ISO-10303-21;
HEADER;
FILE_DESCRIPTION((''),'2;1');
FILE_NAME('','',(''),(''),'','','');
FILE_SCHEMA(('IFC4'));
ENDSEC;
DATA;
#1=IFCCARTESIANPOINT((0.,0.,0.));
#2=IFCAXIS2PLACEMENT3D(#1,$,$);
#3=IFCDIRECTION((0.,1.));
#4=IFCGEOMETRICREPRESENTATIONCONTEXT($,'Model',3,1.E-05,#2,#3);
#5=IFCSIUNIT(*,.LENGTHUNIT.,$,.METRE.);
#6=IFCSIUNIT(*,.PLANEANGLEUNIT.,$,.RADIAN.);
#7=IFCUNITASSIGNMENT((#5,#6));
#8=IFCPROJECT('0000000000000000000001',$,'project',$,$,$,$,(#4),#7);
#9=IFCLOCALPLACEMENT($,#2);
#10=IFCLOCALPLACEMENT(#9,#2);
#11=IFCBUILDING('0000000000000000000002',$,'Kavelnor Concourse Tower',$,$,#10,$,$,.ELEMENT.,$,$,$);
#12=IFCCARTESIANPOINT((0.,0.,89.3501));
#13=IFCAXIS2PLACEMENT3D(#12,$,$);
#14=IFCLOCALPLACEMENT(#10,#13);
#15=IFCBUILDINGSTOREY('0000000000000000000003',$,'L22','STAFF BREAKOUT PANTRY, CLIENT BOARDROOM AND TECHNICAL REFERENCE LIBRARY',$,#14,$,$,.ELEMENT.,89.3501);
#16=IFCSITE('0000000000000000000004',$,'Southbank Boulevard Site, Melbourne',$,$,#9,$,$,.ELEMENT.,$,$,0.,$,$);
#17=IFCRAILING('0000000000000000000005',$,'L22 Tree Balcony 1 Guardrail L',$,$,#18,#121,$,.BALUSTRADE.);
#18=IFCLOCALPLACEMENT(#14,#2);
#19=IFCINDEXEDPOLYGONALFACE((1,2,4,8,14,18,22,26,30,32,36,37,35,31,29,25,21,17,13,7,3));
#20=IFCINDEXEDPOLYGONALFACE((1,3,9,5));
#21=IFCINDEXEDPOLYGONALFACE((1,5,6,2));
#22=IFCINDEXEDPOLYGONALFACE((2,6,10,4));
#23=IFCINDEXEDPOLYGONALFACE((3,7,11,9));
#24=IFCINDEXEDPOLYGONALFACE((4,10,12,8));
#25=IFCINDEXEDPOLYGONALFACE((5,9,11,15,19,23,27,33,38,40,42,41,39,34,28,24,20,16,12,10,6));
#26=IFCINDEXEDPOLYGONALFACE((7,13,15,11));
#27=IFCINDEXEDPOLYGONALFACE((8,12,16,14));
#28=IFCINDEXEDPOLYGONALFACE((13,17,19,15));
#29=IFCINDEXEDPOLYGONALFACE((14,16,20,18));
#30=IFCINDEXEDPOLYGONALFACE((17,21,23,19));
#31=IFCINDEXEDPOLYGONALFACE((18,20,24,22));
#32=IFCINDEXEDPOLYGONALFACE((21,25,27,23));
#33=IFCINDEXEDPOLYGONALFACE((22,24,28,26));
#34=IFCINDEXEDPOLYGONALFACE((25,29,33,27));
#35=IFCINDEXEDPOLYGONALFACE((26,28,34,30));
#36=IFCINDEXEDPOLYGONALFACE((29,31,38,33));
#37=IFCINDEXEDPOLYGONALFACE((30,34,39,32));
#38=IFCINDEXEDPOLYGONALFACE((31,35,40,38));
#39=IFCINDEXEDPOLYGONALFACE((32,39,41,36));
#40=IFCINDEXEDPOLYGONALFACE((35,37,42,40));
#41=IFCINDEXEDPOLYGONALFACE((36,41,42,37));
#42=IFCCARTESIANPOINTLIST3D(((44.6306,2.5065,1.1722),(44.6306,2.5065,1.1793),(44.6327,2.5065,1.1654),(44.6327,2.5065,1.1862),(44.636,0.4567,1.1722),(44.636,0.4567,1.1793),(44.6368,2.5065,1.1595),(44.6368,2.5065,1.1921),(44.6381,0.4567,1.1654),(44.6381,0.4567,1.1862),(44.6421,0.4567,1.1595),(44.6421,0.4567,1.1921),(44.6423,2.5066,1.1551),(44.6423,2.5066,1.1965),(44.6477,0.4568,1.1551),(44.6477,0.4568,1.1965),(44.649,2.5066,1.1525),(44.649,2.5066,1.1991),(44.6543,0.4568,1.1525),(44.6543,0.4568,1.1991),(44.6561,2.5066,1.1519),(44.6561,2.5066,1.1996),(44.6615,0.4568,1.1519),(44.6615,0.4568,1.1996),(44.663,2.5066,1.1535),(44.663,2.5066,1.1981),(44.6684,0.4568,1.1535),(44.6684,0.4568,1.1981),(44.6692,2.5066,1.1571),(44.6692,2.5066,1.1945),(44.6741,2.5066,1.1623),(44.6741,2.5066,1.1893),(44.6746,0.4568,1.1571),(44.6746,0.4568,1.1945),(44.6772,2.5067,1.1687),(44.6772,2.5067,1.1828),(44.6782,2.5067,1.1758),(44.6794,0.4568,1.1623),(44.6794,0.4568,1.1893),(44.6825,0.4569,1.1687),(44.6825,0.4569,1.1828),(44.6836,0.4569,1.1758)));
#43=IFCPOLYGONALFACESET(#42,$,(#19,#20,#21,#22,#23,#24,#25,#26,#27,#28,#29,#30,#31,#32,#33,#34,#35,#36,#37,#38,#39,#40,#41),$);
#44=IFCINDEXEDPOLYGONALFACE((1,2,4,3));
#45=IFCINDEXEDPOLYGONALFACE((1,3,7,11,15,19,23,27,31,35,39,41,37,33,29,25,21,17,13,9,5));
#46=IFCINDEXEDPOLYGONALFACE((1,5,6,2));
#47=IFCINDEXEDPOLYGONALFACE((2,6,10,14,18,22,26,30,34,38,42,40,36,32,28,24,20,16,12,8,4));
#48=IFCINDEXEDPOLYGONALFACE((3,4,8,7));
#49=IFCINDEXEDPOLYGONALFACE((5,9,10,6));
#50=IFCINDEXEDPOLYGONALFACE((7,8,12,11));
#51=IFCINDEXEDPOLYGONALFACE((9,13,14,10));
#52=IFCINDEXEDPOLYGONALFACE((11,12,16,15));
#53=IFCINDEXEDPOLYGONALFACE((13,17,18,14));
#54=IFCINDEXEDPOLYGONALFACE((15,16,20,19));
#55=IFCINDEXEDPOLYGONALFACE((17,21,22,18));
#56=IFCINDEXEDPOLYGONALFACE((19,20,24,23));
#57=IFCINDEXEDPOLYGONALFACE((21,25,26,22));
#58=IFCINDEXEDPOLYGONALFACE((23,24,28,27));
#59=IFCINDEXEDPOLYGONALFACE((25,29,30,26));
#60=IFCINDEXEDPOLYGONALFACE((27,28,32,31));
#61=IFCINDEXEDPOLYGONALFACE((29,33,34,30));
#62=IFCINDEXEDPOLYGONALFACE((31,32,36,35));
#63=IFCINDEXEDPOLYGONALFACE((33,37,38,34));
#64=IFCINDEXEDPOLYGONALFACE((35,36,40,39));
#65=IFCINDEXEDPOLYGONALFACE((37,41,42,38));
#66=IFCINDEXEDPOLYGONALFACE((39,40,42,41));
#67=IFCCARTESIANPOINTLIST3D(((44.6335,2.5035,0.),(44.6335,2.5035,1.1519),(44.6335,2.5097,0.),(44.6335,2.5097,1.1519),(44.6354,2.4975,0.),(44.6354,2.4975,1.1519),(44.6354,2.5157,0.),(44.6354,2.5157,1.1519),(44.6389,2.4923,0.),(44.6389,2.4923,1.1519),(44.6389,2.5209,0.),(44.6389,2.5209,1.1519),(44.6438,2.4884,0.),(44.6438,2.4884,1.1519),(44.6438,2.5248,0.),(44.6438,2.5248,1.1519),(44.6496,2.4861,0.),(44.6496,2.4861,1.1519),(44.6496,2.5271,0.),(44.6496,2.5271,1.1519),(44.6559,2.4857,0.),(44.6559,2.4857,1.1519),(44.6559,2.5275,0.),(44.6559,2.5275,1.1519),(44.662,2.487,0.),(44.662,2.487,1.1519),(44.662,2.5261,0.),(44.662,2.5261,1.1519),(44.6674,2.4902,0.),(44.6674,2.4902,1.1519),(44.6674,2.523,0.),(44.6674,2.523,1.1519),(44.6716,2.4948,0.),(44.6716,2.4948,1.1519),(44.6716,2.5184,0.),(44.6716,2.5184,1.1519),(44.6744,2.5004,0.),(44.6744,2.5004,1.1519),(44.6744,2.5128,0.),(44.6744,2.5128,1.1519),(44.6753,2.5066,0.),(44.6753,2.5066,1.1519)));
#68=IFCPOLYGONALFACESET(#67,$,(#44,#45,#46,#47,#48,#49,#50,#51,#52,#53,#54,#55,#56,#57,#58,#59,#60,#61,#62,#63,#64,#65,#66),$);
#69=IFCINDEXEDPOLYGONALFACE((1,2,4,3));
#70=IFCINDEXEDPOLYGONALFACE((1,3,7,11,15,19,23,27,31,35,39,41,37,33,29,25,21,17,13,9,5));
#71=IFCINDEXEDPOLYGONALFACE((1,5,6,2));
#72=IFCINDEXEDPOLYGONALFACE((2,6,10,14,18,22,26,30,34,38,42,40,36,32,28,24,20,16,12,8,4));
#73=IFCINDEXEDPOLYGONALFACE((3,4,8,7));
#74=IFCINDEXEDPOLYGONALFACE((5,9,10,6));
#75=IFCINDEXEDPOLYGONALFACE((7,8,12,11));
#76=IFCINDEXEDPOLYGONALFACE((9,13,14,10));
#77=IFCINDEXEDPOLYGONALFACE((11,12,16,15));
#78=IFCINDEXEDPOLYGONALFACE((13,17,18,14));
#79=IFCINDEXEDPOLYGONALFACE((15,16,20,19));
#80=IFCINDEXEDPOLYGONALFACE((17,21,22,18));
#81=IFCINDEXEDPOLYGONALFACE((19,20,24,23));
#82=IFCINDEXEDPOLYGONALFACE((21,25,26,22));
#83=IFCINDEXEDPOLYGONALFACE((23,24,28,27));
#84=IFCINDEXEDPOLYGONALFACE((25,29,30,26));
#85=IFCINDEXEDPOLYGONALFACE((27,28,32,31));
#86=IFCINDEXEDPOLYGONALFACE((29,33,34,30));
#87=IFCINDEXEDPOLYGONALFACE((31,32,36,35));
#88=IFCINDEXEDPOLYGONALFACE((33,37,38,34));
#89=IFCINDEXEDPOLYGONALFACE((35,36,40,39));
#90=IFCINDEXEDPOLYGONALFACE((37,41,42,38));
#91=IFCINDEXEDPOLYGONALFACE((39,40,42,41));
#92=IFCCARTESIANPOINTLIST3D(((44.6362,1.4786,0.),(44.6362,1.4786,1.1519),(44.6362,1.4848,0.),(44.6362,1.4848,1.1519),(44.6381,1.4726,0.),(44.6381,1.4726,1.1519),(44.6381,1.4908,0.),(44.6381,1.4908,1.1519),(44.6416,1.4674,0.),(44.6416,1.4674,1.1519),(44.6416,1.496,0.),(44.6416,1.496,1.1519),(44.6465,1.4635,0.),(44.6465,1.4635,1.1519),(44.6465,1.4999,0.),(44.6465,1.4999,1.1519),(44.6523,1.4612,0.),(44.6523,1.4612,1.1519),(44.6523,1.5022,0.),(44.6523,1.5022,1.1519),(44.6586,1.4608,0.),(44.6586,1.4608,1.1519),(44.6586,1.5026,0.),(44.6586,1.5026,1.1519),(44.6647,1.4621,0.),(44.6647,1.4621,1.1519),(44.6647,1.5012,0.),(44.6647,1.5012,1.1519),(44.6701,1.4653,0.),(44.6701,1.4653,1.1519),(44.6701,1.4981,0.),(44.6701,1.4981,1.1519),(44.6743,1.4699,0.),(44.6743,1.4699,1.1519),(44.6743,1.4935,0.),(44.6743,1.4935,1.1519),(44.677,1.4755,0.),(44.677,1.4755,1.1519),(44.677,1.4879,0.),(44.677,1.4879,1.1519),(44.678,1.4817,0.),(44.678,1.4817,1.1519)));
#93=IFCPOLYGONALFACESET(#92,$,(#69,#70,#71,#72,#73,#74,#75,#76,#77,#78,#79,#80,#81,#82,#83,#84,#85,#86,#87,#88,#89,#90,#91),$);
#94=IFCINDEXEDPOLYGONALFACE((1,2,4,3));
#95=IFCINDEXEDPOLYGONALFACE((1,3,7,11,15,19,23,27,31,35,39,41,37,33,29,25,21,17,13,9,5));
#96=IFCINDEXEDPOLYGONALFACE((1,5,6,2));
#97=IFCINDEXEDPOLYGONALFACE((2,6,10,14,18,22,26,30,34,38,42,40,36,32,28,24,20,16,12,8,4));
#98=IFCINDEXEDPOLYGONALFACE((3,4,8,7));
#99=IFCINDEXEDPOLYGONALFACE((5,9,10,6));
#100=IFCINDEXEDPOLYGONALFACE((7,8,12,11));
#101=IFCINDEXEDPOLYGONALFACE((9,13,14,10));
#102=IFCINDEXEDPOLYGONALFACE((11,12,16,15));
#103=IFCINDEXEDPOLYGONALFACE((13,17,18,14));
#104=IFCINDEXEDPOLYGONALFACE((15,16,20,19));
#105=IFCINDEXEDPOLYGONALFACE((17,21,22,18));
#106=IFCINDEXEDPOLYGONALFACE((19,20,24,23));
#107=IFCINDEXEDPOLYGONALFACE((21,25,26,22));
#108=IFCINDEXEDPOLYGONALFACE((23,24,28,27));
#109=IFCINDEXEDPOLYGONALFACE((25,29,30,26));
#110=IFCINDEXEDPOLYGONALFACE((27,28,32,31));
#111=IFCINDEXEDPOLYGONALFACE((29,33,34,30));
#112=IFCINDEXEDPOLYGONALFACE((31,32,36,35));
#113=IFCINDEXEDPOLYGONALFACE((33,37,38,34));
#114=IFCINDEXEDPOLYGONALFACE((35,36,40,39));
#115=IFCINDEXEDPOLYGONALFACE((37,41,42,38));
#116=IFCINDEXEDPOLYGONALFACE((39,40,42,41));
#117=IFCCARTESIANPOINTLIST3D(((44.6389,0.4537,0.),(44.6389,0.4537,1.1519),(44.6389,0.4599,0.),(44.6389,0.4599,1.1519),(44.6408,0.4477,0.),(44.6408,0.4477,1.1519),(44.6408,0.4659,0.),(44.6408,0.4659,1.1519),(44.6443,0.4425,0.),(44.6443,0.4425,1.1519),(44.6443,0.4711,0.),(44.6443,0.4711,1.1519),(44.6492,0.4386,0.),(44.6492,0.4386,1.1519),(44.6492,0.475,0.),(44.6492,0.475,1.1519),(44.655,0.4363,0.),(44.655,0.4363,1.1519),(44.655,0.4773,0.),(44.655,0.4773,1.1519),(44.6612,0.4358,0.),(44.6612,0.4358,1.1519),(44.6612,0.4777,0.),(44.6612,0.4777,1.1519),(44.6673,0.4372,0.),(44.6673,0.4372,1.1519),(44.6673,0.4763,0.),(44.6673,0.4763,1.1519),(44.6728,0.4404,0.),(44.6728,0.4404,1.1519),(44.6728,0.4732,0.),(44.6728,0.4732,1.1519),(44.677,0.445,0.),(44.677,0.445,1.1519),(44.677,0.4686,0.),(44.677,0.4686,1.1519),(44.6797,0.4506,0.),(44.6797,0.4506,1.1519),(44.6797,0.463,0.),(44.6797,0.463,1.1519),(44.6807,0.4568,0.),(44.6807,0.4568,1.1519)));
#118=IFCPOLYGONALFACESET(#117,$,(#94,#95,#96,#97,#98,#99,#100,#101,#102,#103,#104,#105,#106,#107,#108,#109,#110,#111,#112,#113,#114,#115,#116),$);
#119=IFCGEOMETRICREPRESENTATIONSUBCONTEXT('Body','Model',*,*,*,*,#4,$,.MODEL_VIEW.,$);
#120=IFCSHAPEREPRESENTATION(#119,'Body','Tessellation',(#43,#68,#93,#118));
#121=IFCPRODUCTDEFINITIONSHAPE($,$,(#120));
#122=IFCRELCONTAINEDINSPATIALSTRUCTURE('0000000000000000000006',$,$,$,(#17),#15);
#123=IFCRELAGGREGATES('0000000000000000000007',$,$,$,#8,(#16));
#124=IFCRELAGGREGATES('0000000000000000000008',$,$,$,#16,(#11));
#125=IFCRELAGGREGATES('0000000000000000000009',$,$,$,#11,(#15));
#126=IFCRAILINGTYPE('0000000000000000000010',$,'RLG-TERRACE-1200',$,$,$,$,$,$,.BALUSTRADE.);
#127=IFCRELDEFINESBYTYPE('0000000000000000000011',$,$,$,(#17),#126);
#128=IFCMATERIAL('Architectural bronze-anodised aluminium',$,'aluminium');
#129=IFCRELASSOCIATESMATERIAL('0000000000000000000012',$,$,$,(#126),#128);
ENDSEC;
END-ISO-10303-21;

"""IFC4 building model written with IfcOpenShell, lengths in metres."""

from ifc_helpers import new_model, si_unit, direction, frame, origin, origin_2d, place, context, subcontext, project, spatial, circle, extrude, material, type_object, element, save


model = new_model("IFC4")

# Units and contexts
model_context = context("Model", 3, precision=1e-05, world=origin(), true_north=direction((0.0, 1.0)))
body_context = subcontext(model_context, "Body", "Model", "MODEL_VIEW")
ifc_project = project(units=[si_unit("LENGTHUNIT", "METRE"), si_unit("PLANEANGLEUNIT", "RADIAN")], contexts=[model_context])

# Site, building, storey
site_placement = place(None, origin())
site = spatial("IfcSite", under=ifc_project, at=site_placement, Name="Southbank Boulevard Site, Melbourne", CompositionType="ELEMENT", RefElevation=0.0)
building_placement = place(site_placement, origin())
building = spatial("IfcBuilding", under=site, at=building_placement, Name="Kavelnor Concourse Tower", CompositionType="ELEMENT")
storey_placement = place(building_placement, frame((0.0, 0.0, 89.3501)))
storey = spatial("IfcBuildingStorey", under=building, at=storey_placement, Name="L22", Description="STAFF BREAKOUT PANTRY, CLIENT BOARDROOM AND TECHNICAL REFERENCE LIBRARY", CompositionType="ELEMENT", Elevation=89.3501)

# Railing
ifc_material_1 = material(Name="Architectural bronze-anodised aluminium", Category="aluminium")
railing_type_1 = type_object("IfcRailingType", Name="RLG-TERRACE-1200", PredefinedType="BALUSTRADE", material=ifc_material_1)
railing_1_placement = place(storey_placement, frame((44.6543, 2.5066, 0.0)))
element("IfcRailing", 1, at=railing_1_placement, inside=storey, type_object=railing_type_1, Name="L22 Tree Balcony 1 Guardrail L", PredefinedType="BALUSTRADE", context=body_context, shape_type="SweptSolid", body=[
    extrude(circle(Radius=0.0239, at=origin_2d()), frame((0.0, 0.0, 1.1758), z_axis=(0.00262, -0.999997, 0.0), x_axis=(0.999997, 0.00262, 0.0)), (0.0, 0.0, 1.0), 2.0498),
    extrude(circle(Radius=0.021, at=origin_2d()), origin(), (0.0, 0.0, 1.0), 1.1519),
    extrude(circle(Radius=0.021, at=origin_2d()), frame((0.0027, -1.0249, 0.0)), (0.0, 0.0, 1.0), 1.1519),
    extrude(circle(Radius=0.021, at=origin_2d()), frame((0.0054, -2.0498, 0.0)), (0.0, 0.0, 1.0), 1.1519),
])

save(model, "model.ifc")
